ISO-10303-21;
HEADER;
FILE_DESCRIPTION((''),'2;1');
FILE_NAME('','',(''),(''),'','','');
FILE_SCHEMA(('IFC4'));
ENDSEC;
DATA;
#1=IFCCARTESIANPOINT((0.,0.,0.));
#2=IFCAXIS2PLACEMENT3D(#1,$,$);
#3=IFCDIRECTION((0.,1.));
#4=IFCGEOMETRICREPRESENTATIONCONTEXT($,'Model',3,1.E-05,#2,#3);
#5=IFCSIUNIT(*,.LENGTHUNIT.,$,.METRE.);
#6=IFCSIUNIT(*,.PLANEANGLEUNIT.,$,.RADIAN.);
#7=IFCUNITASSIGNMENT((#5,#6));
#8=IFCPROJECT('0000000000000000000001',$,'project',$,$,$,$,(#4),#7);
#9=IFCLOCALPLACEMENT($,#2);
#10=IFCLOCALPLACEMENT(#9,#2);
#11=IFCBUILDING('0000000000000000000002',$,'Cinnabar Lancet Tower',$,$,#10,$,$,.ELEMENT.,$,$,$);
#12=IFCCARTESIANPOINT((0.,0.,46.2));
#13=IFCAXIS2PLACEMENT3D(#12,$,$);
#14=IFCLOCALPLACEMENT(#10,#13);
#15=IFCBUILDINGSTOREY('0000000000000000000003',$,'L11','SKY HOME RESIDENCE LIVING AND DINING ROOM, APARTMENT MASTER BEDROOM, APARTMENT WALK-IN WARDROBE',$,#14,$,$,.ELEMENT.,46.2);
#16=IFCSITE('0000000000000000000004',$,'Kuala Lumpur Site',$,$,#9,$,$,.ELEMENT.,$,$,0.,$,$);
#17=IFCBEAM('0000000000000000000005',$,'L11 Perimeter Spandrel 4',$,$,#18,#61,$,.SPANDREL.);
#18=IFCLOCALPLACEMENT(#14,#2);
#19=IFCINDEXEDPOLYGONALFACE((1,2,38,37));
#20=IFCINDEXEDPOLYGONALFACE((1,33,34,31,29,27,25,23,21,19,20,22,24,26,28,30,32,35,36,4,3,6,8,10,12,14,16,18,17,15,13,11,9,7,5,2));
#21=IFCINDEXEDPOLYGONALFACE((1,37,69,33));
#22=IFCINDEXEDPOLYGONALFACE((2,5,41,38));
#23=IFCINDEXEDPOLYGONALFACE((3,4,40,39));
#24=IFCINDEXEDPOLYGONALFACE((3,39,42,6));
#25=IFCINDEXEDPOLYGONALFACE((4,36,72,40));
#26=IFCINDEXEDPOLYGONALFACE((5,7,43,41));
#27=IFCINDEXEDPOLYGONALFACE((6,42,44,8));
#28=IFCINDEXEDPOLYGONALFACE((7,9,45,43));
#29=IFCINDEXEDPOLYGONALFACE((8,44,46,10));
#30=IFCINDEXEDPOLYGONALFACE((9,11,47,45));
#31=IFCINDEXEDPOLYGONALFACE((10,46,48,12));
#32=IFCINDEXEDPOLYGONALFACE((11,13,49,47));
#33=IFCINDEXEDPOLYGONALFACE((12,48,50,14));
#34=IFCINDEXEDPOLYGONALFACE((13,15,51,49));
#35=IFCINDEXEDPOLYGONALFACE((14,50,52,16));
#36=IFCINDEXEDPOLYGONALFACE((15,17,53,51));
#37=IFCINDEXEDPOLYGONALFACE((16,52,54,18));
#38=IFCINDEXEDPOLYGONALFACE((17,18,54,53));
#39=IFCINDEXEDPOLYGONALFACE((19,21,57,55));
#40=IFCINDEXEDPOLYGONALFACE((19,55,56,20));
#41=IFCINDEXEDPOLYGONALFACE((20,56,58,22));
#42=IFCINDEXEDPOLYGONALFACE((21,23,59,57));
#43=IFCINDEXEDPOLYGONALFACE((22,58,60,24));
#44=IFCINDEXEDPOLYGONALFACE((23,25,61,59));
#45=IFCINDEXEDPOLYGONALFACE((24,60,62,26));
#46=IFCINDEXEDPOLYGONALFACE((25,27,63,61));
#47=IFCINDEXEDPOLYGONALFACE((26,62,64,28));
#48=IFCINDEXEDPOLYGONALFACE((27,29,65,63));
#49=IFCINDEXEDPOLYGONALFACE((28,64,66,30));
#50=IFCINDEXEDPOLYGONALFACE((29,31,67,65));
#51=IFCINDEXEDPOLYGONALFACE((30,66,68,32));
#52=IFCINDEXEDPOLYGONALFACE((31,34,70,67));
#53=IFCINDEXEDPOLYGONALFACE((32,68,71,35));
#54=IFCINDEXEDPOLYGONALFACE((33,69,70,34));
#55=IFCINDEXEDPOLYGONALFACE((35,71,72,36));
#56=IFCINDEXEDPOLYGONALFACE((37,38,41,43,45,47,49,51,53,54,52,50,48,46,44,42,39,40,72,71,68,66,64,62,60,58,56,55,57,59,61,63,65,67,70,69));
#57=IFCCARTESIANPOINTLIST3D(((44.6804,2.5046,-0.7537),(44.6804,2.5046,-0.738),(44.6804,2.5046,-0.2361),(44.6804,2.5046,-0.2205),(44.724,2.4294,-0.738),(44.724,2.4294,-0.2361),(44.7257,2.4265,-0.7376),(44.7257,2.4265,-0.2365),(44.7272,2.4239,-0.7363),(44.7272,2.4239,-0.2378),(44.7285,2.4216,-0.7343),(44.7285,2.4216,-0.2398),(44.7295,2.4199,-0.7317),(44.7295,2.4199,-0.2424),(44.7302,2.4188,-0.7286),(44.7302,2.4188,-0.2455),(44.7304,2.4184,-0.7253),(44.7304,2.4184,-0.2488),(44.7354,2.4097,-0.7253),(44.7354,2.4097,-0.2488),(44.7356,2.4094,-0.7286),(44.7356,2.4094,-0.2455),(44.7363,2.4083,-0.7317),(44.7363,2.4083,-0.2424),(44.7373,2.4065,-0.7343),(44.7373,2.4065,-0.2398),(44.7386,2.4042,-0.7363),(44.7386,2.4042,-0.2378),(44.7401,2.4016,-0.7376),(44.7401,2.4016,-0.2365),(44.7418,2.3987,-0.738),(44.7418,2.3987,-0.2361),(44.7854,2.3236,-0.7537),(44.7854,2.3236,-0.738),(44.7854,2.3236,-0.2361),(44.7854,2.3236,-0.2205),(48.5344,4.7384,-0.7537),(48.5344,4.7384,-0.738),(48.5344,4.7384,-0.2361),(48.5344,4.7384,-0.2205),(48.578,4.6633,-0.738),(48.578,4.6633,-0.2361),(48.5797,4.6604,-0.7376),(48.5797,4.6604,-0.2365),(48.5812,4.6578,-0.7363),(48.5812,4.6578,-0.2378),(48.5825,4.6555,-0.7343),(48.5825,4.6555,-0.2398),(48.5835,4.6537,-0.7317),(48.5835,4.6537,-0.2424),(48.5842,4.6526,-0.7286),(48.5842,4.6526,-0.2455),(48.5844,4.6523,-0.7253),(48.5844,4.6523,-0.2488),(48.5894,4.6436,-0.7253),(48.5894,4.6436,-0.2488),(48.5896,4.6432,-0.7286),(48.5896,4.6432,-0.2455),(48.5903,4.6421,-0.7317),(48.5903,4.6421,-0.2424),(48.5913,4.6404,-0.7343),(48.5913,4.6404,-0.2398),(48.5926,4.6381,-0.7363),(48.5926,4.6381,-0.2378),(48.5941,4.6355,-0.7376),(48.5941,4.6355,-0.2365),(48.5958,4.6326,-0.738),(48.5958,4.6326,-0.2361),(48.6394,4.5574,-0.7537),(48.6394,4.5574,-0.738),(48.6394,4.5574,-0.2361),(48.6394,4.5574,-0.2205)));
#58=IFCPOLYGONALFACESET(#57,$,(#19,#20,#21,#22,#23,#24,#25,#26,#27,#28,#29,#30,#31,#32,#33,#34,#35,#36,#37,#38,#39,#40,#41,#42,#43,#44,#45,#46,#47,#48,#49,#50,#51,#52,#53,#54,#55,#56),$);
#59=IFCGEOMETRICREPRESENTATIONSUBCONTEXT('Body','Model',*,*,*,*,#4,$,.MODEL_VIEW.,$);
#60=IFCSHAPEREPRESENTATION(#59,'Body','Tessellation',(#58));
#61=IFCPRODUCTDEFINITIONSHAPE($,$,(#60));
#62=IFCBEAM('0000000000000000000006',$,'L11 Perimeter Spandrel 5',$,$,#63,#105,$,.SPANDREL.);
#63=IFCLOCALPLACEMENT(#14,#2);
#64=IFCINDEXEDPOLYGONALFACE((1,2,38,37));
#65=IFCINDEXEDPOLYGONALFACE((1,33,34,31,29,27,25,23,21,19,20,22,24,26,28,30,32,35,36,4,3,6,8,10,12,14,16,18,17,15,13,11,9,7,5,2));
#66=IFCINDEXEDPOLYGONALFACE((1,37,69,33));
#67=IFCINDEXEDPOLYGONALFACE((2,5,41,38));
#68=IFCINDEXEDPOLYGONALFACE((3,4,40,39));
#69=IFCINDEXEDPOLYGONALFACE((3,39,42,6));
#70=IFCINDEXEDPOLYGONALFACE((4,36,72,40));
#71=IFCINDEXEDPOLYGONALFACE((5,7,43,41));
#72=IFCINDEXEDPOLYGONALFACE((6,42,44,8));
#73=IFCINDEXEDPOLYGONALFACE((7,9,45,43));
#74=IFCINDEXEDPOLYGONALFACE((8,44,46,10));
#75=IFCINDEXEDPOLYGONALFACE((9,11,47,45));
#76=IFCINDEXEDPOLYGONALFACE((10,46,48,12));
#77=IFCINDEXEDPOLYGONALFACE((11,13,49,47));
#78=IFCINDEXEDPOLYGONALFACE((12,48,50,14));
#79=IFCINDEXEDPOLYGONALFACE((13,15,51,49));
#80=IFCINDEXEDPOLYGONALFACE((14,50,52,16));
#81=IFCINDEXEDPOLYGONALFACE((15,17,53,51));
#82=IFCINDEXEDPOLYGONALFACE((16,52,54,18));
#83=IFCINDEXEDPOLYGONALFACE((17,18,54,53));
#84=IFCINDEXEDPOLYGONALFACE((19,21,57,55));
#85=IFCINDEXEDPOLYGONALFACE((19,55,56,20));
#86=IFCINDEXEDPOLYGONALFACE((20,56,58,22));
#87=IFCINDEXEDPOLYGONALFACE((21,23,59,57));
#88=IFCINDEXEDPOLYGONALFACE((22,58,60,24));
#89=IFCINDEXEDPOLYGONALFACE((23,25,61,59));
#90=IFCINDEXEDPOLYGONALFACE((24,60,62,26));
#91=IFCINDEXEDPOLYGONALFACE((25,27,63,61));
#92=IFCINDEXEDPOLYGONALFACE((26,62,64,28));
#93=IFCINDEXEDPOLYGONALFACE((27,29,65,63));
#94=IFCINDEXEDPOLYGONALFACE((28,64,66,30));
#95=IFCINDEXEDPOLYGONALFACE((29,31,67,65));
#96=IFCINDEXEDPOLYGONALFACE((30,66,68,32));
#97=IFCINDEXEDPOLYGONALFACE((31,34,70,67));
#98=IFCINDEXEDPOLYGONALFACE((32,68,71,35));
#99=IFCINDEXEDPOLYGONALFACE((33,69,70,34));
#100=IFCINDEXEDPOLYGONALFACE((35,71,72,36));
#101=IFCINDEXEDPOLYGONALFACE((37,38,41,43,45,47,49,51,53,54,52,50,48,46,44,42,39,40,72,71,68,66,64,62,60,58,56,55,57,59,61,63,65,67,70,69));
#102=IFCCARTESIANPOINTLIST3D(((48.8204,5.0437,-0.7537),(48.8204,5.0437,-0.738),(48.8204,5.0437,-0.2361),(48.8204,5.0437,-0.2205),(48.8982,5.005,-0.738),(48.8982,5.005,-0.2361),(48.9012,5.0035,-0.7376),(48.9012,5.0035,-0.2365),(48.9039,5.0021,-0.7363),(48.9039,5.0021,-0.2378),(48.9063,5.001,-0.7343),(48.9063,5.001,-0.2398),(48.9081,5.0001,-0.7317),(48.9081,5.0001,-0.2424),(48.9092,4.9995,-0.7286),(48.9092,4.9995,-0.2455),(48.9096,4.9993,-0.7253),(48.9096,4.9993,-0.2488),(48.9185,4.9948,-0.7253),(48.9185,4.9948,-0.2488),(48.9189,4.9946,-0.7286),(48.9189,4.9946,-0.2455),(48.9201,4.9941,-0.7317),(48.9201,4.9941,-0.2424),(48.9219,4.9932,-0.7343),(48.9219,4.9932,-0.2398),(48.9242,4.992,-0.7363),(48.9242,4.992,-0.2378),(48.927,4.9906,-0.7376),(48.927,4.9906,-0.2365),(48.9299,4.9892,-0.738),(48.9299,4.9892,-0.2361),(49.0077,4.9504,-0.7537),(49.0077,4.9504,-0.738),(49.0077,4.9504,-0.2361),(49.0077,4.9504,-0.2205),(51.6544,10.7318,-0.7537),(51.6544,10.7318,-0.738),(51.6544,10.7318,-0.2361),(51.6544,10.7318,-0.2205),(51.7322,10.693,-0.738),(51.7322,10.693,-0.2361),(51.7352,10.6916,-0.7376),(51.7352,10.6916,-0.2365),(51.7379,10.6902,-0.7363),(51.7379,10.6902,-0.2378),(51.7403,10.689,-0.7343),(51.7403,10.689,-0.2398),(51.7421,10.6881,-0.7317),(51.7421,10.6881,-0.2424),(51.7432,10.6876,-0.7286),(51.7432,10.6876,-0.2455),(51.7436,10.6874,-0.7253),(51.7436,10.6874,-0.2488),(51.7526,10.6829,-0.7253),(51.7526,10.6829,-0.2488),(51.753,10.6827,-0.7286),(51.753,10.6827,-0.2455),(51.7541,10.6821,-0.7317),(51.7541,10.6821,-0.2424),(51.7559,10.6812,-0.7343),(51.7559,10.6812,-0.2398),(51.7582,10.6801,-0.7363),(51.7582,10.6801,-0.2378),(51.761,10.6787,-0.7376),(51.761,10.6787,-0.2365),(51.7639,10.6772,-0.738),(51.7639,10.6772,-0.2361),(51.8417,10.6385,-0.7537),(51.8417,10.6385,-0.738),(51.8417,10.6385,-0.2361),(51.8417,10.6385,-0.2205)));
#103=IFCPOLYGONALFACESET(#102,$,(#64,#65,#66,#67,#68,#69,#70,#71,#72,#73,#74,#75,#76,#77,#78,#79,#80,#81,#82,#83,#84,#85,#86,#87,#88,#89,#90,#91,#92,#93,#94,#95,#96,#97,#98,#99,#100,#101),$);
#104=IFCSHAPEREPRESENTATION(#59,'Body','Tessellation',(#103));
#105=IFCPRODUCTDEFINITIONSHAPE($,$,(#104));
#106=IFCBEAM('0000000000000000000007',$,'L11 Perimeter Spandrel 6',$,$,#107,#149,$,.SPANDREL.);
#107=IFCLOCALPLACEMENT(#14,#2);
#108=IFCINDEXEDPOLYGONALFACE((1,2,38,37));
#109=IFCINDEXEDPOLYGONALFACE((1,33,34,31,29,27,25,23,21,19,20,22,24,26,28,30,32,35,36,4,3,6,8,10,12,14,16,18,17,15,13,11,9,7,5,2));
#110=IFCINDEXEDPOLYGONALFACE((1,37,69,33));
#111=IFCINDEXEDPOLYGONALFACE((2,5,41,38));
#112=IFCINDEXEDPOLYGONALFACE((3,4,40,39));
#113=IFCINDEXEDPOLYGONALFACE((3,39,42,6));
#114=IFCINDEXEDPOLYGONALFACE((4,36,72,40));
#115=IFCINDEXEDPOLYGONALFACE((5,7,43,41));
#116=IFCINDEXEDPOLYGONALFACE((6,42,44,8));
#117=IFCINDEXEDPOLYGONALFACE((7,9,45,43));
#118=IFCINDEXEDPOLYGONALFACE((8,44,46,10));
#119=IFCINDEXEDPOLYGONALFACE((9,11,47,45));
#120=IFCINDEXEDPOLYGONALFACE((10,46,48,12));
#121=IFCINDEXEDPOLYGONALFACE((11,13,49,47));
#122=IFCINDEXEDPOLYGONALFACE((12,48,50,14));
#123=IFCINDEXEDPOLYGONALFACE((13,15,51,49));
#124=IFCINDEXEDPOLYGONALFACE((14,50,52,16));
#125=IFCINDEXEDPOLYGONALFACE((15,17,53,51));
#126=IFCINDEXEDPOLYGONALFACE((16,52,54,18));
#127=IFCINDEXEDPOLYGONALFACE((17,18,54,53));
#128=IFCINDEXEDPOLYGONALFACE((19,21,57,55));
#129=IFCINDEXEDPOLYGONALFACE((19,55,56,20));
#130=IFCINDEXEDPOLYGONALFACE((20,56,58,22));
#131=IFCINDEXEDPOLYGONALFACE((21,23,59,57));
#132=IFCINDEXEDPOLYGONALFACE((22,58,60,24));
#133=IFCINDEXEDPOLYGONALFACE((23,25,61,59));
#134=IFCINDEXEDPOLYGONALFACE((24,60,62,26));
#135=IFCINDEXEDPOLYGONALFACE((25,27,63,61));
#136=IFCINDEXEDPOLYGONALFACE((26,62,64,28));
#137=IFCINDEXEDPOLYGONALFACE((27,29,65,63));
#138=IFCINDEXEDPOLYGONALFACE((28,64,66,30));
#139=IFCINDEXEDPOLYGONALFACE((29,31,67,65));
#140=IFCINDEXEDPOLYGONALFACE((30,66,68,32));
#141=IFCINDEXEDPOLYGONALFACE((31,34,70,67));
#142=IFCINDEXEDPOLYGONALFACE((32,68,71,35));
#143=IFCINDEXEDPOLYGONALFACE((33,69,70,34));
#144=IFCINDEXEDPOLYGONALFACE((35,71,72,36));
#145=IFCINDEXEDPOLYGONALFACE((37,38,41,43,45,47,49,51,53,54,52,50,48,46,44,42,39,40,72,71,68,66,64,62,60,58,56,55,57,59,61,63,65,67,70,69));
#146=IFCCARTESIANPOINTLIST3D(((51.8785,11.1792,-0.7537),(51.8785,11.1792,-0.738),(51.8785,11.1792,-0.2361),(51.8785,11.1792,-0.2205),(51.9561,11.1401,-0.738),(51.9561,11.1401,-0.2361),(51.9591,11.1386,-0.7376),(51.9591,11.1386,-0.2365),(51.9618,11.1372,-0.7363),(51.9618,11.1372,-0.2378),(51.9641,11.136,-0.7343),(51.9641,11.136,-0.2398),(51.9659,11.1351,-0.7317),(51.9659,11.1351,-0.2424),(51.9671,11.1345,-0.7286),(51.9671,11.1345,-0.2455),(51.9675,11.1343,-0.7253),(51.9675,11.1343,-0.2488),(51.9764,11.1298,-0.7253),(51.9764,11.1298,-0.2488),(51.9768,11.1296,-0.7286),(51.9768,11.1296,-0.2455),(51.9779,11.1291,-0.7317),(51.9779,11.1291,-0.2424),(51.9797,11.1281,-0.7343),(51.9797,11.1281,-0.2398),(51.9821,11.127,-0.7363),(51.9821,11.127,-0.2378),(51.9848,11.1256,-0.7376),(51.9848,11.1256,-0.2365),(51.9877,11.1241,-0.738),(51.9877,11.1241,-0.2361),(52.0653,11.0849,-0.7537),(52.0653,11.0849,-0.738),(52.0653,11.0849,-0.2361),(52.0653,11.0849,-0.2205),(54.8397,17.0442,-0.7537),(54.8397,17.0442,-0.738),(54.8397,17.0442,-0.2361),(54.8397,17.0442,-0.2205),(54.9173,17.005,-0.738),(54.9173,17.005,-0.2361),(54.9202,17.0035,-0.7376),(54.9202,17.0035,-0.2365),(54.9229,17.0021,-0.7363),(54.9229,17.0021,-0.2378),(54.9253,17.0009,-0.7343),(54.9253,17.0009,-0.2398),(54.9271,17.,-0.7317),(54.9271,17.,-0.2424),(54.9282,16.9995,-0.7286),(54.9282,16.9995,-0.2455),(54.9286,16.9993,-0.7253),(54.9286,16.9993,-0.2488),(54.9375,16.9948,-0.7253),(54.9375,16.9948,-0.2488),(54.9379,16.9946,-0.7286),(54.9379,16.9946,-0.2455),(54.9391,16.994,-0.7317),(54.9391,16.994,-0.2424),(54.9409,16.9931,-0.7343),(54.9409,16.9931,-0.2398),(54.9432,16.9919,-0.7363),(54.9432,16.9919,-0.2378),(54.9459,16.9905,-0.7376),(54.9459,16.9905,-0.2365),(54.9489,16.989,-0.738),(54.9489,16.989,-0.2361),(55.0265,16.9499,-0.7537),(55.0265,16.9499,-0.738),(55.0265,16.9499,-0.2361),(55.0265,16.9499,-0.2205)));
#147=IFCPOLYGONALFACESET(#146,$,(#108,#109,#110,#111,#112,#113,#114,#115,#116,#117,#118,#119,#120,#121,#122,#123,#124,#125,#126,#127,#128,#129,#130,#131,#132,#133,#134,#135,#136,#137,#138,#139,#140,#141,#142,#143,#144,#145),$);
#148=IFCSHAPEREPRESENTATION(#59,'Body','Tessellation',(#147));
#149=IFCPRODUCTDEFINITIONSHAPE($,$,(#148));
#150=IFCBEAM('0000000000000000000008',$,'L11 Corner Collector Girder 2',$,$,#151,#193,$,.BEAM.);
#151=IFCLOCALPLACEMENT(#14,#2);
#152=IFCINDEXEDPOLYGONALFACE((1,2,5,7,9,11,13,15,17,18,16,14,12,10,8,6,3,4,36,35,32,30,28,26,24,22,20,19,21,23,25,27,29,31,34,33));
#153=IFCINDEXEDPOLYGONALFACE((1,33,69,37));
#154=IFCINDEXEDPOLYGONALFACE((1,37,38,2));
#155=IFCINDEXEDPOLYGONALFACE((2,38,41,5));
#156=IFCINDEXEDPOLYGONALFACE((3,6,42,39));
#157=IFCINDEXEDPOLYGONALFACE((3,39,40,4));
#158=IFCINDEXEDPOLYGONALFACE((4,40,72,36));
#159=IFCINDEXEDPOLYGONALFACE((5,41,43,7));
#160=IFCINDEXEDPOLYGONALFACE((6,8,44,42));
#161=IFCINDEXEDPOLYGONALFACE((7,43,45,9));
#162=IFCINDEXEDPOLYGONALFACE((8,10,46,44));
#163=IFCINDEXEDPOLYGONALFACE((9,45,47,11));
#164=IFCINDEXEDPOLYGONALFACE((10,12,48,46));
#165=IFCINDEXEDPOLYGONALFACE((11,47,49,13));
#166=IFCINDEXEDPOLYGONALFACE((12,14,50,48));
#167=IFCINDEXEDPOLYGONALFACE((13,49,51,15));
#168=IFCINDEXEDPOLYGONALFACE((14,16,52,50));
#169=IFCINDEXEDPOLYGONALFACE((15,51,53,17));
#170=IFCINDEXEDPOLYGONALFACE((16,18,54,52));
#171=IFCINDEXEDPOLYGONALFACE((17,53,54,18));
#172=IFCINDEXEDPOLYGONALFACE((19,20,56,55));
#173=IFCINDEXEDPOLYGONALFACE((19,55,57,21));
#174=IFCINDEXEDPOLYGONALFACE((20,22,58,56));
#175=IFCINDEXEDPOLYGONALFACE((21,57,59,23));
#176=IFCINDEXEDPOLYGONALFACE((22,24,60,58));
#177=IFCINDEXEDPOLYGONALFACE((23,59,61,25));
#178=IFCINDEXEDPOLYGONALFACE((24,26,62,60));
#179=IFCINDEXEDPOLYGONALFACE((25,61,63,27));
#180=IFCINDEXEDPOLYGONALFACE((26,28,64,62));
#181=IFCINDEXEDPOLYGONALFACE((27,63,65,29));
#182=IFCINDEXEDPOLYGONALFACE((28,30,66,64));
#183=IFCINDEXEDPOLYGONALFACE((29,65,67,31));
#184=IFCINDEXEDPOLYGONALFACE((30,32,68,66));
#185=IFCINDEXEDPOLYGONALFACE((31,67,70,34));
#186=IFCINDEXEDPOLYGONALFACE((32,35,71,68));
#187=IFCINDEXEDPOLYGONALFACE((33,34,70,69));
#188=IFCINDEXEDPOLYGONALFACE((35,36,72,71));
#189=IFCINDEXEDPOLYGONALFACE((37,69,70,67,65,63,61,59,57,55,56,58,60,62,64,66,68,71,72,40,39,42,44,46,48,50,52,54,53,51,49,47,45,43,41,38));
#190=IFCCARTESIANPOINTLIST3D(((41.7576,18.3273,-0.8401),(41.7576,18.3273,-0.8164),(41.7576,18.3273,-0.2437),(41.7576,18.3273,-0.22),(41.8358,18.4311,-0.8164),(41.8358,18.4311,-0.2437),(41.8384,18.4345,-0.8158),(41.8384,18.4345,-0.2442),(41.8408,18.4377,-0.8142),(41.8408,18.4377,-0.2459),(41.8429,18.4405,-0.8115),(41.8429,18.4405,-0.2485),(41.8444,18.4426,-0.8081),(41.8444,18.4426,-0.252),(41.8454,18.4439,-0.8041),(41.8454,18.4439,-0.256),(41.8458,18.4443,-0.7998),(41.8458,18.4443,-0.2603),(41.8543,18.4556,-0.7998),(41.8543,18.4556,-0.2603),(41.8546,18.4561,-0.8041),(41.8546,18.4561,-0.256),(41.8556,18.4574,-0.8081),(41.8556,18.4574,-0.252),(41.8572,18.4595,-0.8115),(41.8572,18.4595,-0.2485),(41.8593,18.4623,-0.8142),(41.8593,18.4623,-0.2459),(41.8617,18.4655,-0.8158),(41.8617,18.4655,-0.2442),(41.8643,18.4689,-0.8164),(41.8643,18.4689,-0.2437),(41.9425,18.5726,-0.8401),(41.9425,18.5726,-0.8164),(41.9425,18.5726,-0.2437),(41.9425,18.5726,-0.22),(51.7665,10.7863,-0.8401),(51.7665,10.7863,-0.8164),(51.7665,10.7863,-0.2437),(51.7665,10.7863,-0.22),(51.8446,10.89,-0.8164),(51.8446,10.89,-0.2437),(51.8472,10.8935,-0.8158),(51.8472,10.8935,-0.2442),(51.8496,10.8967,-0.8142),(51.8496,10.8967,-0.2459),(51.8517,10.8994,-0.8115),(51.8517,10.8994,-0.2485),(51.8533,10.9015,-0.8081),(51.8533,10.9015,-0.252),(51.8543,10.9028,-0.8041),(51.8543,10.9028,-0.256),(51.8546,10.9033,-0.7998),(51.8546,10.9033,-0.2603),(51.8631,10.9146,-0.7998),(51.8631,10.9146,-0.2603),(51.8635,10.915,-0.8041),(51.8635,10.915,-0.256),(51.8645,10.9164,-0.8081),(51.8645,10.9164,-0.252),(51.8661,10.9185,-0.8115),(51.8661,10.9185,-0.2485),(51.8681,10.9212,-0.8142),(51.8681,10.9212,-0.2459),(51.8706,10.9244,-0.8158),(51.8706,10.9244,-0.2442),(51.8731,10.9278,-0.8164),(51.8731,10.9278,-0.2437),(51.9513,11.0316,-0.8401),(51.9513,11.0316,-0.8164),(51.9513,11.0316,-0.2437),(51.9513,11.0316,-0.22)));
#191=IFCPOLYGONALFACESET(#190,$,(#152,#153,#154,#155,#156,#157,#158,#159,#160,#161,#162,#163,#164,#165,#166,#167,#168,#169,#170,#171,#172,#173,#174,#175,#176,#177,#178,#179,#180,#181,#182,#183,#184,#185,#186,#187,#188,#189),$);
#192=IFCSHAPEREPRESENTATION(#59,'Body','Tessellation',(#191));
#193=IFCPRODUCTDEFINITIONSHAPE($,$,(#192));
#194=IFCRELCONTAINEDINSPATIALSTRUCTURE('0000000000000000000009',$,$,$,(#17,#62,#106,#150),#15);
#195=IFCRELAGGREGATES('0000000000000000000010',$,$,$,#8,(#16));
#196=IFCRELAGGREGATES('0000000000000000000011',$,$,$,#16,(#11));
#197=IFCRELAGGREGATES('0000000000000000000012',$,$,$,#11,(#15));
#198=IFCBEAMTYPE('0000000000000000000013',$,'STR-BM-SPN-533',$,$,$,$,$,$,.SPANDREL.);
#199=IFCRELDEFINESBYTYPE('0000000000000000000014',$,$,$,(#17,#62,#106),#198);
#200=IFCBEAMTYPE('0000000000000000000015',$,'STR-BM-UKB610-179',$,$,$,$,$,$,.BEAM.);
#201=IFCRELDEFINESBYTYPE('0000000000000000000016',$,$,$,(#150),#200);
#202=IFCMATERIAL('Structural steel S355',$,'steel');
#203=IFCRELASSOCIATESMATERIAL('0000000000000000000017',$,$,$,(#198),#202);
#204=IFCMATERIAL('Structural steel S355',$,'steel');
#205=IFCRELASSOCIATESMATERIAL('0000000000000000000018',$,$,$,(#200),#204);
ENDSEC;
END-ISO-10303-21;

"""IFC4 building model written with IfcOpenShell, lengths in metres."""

from ifc_helpers import new_model, si_unit, direction, frame, origin, origin_2d, place, context, subcontext, project, spatial, i_section, extrude, material, material_profile, profile_set, type_object, element, save


model = new_model("IFC4")

# Units and contexts
model_context = context("Model", 3, precision=1e-05, world=origin(), true_north=direction((0.0, 1.0)))
body_context = subcontext(model_context, "Body", "Model", "MODEL_VIEW")
ifc_project = project(units=[si_unit("LENGTHUNIT", "METRE"), si_unit("PLANEANGLEUNIT", "RADIAN")], contexts=[model_context])

# Site, building, storey
site_placement = place(None, origin())
site = spatial("IfcSite", under=ifc_project, at=site_placement, Name="Kuala Lumpur Site", CompositionType="ELEMENT", RefElevation=0.0)
building_placement = place(site_placement, origin())
building = spatial("IfcBuilding", under=site, at=building_placement, Name="Cinnabar Lancet Tower", CompositionType="ELEMENT")
storey_placement = place(building_placement, frame((0.0, 0.0, 46.2)))
storey = spatial("IfcBuildingStorey", under=building, at=storey_placement, Name="L11", Description="SKY HOME RESIDENCE LIVING AND DINING ROOM, APARTMENT MASTER BEDROOM, APARTMENT WALK-IN WARDROBE", CompositionType="ELEMENT", Elevation=46.2)

# Beams
ifc_material_1 = material(Name="Structural steel S355", Category="steel")
ifc_material_profile_1 = material_profile(ifc_material_1, i_section(OverallWidth=0.2092, OverallDepth=0.5332, WebThickness=0.01, FlangeThickness=0.0156, FilletRadius=0.0127, at=origin_2d()), Name="UKB 533x210x92")
ifc_profile_set_1 = profile_set([ifc_material_profile_1], Name="Structural steel S355")
beam_type_1 = type_object("IfcBeamType", Name="STR-BM-SPN-533", PredefinedType="SPANDREL", material=ifc_profile_set_1)
beam_1_placement = place(storey_placement, frame((44.7329, 2.4141, -0.4871), z_axis=(0.865171, 0.501477, 0.0), x_axis=(-0.501477, 0.865171, 0.0)))
element("IfcBeam", 1, at=beam_1_placement, inside=storey, type_object=beam_type_1, Name="L11 Perimeter Spandrel 4", PredefinedType="SPANDREL", context=body_context, shape_type="SweptSolid", body=[
    extrude(i_section(OverallWidth=0.2092, OverallDepth=0.5332, WebThickness=0.01, FlangeThickness=0.0156, FilletRadius=0.0127, at=origin_2d()), origin(), (0.0, 0.0, 1.0), 4.4546),
])
beam_2_placement = place(storey_placement, frame((48.9141, 4.9971, -0.4871), z_axis=(0.445953, 0.895056, 0.0), x_axis=(-0.895056, 0.445953, 0.0)))
element("IfcBeam", 2, at=beam_2_placement, inside=storey, type_object=beam_type_1, Name="L11 Perimeter Spandrel 5", PredefinedType="SPANDREL", context=body_context, shape_type="SweptSolid", body=[
    extrude(i_section(OverallWidth=0.2092, OverallDepth=0.5332, WebThickness=0.01, FlangeThickness=0.0156, FilletRadius=0.0127, at=origin_2d()), origin(), (0.0, 0.0, 1.0), 6.355),
])
beam_3_placement = place(storey_placement, frame((51.9719, 11.1321, -0.4871), z_axis=(0.450703, 0.892674, 0.0), x_axis=(-0.892674, 0.450703, 0.0)))
element("IfcBeam", 3, at=beam_3_placement, inside=storey, type_object=beam_type_1, Name="L11 Perimeter Spandrel 6", PredefinedType="SPANDREL", context=body_context, shape_type="SweptSolid", body=[
    extrude(i_section(OverallWidth=0.2092, OverallDepth=0.5332, WebThickness=0.01, FlangeThickness=0.0156, FilletRadius=0.0127, at=origin_2d()), origin(), (0.0, 0.0, 1.0), 6.5701),
])
ifc_material_2 = material(Name="Structural steel S355", Category="steel")
ifc_material_profile_2 = material_profile(ifc_material_2, i_section(OverallWidth=0.3071, OverallDepth=0.6201, WebThickness=0.0142, FlangeThickness=0.0237, FilletRadius=0.0166, at=origin_2d()), Name="UKB 610x305x179")
ifc_profile_set_2 = profile_set([ifc_material_profile_2], Name="Structural steel S355")
beam_type_2 = type_object("IfcBeamType", Name="STR-BM-UKB610-179", PredefinedType="BEAM", material=ifc_profile_set_2)
beam_4_placement = place(storey_placement, frame((51.8589, 10.9089, -0.53), z_axis=(-0.79868, 0.601757, 0.0), x_axis=(-0.601757, -0.79868, 0.0)))
element("IfcBeam", 4, at=beam_4_placement, inside=storey, type_object=beam_type_2, Name="L11 Corner Collector Girder 2", PredefinedType="BEAM", context=body_context, shape_type="SweptSolid", body=[
    extrude(i_section(OverallWidth=0.3071, OverallDepth=0.6201, WebThickness=0.0142, FlangeThickness=0.0237, FilletRadius=0.0166, at=origin_2d()), origin(), (0.0, 0.0, 1.0), 12.5317),
])

save(model, "model.ifc")
